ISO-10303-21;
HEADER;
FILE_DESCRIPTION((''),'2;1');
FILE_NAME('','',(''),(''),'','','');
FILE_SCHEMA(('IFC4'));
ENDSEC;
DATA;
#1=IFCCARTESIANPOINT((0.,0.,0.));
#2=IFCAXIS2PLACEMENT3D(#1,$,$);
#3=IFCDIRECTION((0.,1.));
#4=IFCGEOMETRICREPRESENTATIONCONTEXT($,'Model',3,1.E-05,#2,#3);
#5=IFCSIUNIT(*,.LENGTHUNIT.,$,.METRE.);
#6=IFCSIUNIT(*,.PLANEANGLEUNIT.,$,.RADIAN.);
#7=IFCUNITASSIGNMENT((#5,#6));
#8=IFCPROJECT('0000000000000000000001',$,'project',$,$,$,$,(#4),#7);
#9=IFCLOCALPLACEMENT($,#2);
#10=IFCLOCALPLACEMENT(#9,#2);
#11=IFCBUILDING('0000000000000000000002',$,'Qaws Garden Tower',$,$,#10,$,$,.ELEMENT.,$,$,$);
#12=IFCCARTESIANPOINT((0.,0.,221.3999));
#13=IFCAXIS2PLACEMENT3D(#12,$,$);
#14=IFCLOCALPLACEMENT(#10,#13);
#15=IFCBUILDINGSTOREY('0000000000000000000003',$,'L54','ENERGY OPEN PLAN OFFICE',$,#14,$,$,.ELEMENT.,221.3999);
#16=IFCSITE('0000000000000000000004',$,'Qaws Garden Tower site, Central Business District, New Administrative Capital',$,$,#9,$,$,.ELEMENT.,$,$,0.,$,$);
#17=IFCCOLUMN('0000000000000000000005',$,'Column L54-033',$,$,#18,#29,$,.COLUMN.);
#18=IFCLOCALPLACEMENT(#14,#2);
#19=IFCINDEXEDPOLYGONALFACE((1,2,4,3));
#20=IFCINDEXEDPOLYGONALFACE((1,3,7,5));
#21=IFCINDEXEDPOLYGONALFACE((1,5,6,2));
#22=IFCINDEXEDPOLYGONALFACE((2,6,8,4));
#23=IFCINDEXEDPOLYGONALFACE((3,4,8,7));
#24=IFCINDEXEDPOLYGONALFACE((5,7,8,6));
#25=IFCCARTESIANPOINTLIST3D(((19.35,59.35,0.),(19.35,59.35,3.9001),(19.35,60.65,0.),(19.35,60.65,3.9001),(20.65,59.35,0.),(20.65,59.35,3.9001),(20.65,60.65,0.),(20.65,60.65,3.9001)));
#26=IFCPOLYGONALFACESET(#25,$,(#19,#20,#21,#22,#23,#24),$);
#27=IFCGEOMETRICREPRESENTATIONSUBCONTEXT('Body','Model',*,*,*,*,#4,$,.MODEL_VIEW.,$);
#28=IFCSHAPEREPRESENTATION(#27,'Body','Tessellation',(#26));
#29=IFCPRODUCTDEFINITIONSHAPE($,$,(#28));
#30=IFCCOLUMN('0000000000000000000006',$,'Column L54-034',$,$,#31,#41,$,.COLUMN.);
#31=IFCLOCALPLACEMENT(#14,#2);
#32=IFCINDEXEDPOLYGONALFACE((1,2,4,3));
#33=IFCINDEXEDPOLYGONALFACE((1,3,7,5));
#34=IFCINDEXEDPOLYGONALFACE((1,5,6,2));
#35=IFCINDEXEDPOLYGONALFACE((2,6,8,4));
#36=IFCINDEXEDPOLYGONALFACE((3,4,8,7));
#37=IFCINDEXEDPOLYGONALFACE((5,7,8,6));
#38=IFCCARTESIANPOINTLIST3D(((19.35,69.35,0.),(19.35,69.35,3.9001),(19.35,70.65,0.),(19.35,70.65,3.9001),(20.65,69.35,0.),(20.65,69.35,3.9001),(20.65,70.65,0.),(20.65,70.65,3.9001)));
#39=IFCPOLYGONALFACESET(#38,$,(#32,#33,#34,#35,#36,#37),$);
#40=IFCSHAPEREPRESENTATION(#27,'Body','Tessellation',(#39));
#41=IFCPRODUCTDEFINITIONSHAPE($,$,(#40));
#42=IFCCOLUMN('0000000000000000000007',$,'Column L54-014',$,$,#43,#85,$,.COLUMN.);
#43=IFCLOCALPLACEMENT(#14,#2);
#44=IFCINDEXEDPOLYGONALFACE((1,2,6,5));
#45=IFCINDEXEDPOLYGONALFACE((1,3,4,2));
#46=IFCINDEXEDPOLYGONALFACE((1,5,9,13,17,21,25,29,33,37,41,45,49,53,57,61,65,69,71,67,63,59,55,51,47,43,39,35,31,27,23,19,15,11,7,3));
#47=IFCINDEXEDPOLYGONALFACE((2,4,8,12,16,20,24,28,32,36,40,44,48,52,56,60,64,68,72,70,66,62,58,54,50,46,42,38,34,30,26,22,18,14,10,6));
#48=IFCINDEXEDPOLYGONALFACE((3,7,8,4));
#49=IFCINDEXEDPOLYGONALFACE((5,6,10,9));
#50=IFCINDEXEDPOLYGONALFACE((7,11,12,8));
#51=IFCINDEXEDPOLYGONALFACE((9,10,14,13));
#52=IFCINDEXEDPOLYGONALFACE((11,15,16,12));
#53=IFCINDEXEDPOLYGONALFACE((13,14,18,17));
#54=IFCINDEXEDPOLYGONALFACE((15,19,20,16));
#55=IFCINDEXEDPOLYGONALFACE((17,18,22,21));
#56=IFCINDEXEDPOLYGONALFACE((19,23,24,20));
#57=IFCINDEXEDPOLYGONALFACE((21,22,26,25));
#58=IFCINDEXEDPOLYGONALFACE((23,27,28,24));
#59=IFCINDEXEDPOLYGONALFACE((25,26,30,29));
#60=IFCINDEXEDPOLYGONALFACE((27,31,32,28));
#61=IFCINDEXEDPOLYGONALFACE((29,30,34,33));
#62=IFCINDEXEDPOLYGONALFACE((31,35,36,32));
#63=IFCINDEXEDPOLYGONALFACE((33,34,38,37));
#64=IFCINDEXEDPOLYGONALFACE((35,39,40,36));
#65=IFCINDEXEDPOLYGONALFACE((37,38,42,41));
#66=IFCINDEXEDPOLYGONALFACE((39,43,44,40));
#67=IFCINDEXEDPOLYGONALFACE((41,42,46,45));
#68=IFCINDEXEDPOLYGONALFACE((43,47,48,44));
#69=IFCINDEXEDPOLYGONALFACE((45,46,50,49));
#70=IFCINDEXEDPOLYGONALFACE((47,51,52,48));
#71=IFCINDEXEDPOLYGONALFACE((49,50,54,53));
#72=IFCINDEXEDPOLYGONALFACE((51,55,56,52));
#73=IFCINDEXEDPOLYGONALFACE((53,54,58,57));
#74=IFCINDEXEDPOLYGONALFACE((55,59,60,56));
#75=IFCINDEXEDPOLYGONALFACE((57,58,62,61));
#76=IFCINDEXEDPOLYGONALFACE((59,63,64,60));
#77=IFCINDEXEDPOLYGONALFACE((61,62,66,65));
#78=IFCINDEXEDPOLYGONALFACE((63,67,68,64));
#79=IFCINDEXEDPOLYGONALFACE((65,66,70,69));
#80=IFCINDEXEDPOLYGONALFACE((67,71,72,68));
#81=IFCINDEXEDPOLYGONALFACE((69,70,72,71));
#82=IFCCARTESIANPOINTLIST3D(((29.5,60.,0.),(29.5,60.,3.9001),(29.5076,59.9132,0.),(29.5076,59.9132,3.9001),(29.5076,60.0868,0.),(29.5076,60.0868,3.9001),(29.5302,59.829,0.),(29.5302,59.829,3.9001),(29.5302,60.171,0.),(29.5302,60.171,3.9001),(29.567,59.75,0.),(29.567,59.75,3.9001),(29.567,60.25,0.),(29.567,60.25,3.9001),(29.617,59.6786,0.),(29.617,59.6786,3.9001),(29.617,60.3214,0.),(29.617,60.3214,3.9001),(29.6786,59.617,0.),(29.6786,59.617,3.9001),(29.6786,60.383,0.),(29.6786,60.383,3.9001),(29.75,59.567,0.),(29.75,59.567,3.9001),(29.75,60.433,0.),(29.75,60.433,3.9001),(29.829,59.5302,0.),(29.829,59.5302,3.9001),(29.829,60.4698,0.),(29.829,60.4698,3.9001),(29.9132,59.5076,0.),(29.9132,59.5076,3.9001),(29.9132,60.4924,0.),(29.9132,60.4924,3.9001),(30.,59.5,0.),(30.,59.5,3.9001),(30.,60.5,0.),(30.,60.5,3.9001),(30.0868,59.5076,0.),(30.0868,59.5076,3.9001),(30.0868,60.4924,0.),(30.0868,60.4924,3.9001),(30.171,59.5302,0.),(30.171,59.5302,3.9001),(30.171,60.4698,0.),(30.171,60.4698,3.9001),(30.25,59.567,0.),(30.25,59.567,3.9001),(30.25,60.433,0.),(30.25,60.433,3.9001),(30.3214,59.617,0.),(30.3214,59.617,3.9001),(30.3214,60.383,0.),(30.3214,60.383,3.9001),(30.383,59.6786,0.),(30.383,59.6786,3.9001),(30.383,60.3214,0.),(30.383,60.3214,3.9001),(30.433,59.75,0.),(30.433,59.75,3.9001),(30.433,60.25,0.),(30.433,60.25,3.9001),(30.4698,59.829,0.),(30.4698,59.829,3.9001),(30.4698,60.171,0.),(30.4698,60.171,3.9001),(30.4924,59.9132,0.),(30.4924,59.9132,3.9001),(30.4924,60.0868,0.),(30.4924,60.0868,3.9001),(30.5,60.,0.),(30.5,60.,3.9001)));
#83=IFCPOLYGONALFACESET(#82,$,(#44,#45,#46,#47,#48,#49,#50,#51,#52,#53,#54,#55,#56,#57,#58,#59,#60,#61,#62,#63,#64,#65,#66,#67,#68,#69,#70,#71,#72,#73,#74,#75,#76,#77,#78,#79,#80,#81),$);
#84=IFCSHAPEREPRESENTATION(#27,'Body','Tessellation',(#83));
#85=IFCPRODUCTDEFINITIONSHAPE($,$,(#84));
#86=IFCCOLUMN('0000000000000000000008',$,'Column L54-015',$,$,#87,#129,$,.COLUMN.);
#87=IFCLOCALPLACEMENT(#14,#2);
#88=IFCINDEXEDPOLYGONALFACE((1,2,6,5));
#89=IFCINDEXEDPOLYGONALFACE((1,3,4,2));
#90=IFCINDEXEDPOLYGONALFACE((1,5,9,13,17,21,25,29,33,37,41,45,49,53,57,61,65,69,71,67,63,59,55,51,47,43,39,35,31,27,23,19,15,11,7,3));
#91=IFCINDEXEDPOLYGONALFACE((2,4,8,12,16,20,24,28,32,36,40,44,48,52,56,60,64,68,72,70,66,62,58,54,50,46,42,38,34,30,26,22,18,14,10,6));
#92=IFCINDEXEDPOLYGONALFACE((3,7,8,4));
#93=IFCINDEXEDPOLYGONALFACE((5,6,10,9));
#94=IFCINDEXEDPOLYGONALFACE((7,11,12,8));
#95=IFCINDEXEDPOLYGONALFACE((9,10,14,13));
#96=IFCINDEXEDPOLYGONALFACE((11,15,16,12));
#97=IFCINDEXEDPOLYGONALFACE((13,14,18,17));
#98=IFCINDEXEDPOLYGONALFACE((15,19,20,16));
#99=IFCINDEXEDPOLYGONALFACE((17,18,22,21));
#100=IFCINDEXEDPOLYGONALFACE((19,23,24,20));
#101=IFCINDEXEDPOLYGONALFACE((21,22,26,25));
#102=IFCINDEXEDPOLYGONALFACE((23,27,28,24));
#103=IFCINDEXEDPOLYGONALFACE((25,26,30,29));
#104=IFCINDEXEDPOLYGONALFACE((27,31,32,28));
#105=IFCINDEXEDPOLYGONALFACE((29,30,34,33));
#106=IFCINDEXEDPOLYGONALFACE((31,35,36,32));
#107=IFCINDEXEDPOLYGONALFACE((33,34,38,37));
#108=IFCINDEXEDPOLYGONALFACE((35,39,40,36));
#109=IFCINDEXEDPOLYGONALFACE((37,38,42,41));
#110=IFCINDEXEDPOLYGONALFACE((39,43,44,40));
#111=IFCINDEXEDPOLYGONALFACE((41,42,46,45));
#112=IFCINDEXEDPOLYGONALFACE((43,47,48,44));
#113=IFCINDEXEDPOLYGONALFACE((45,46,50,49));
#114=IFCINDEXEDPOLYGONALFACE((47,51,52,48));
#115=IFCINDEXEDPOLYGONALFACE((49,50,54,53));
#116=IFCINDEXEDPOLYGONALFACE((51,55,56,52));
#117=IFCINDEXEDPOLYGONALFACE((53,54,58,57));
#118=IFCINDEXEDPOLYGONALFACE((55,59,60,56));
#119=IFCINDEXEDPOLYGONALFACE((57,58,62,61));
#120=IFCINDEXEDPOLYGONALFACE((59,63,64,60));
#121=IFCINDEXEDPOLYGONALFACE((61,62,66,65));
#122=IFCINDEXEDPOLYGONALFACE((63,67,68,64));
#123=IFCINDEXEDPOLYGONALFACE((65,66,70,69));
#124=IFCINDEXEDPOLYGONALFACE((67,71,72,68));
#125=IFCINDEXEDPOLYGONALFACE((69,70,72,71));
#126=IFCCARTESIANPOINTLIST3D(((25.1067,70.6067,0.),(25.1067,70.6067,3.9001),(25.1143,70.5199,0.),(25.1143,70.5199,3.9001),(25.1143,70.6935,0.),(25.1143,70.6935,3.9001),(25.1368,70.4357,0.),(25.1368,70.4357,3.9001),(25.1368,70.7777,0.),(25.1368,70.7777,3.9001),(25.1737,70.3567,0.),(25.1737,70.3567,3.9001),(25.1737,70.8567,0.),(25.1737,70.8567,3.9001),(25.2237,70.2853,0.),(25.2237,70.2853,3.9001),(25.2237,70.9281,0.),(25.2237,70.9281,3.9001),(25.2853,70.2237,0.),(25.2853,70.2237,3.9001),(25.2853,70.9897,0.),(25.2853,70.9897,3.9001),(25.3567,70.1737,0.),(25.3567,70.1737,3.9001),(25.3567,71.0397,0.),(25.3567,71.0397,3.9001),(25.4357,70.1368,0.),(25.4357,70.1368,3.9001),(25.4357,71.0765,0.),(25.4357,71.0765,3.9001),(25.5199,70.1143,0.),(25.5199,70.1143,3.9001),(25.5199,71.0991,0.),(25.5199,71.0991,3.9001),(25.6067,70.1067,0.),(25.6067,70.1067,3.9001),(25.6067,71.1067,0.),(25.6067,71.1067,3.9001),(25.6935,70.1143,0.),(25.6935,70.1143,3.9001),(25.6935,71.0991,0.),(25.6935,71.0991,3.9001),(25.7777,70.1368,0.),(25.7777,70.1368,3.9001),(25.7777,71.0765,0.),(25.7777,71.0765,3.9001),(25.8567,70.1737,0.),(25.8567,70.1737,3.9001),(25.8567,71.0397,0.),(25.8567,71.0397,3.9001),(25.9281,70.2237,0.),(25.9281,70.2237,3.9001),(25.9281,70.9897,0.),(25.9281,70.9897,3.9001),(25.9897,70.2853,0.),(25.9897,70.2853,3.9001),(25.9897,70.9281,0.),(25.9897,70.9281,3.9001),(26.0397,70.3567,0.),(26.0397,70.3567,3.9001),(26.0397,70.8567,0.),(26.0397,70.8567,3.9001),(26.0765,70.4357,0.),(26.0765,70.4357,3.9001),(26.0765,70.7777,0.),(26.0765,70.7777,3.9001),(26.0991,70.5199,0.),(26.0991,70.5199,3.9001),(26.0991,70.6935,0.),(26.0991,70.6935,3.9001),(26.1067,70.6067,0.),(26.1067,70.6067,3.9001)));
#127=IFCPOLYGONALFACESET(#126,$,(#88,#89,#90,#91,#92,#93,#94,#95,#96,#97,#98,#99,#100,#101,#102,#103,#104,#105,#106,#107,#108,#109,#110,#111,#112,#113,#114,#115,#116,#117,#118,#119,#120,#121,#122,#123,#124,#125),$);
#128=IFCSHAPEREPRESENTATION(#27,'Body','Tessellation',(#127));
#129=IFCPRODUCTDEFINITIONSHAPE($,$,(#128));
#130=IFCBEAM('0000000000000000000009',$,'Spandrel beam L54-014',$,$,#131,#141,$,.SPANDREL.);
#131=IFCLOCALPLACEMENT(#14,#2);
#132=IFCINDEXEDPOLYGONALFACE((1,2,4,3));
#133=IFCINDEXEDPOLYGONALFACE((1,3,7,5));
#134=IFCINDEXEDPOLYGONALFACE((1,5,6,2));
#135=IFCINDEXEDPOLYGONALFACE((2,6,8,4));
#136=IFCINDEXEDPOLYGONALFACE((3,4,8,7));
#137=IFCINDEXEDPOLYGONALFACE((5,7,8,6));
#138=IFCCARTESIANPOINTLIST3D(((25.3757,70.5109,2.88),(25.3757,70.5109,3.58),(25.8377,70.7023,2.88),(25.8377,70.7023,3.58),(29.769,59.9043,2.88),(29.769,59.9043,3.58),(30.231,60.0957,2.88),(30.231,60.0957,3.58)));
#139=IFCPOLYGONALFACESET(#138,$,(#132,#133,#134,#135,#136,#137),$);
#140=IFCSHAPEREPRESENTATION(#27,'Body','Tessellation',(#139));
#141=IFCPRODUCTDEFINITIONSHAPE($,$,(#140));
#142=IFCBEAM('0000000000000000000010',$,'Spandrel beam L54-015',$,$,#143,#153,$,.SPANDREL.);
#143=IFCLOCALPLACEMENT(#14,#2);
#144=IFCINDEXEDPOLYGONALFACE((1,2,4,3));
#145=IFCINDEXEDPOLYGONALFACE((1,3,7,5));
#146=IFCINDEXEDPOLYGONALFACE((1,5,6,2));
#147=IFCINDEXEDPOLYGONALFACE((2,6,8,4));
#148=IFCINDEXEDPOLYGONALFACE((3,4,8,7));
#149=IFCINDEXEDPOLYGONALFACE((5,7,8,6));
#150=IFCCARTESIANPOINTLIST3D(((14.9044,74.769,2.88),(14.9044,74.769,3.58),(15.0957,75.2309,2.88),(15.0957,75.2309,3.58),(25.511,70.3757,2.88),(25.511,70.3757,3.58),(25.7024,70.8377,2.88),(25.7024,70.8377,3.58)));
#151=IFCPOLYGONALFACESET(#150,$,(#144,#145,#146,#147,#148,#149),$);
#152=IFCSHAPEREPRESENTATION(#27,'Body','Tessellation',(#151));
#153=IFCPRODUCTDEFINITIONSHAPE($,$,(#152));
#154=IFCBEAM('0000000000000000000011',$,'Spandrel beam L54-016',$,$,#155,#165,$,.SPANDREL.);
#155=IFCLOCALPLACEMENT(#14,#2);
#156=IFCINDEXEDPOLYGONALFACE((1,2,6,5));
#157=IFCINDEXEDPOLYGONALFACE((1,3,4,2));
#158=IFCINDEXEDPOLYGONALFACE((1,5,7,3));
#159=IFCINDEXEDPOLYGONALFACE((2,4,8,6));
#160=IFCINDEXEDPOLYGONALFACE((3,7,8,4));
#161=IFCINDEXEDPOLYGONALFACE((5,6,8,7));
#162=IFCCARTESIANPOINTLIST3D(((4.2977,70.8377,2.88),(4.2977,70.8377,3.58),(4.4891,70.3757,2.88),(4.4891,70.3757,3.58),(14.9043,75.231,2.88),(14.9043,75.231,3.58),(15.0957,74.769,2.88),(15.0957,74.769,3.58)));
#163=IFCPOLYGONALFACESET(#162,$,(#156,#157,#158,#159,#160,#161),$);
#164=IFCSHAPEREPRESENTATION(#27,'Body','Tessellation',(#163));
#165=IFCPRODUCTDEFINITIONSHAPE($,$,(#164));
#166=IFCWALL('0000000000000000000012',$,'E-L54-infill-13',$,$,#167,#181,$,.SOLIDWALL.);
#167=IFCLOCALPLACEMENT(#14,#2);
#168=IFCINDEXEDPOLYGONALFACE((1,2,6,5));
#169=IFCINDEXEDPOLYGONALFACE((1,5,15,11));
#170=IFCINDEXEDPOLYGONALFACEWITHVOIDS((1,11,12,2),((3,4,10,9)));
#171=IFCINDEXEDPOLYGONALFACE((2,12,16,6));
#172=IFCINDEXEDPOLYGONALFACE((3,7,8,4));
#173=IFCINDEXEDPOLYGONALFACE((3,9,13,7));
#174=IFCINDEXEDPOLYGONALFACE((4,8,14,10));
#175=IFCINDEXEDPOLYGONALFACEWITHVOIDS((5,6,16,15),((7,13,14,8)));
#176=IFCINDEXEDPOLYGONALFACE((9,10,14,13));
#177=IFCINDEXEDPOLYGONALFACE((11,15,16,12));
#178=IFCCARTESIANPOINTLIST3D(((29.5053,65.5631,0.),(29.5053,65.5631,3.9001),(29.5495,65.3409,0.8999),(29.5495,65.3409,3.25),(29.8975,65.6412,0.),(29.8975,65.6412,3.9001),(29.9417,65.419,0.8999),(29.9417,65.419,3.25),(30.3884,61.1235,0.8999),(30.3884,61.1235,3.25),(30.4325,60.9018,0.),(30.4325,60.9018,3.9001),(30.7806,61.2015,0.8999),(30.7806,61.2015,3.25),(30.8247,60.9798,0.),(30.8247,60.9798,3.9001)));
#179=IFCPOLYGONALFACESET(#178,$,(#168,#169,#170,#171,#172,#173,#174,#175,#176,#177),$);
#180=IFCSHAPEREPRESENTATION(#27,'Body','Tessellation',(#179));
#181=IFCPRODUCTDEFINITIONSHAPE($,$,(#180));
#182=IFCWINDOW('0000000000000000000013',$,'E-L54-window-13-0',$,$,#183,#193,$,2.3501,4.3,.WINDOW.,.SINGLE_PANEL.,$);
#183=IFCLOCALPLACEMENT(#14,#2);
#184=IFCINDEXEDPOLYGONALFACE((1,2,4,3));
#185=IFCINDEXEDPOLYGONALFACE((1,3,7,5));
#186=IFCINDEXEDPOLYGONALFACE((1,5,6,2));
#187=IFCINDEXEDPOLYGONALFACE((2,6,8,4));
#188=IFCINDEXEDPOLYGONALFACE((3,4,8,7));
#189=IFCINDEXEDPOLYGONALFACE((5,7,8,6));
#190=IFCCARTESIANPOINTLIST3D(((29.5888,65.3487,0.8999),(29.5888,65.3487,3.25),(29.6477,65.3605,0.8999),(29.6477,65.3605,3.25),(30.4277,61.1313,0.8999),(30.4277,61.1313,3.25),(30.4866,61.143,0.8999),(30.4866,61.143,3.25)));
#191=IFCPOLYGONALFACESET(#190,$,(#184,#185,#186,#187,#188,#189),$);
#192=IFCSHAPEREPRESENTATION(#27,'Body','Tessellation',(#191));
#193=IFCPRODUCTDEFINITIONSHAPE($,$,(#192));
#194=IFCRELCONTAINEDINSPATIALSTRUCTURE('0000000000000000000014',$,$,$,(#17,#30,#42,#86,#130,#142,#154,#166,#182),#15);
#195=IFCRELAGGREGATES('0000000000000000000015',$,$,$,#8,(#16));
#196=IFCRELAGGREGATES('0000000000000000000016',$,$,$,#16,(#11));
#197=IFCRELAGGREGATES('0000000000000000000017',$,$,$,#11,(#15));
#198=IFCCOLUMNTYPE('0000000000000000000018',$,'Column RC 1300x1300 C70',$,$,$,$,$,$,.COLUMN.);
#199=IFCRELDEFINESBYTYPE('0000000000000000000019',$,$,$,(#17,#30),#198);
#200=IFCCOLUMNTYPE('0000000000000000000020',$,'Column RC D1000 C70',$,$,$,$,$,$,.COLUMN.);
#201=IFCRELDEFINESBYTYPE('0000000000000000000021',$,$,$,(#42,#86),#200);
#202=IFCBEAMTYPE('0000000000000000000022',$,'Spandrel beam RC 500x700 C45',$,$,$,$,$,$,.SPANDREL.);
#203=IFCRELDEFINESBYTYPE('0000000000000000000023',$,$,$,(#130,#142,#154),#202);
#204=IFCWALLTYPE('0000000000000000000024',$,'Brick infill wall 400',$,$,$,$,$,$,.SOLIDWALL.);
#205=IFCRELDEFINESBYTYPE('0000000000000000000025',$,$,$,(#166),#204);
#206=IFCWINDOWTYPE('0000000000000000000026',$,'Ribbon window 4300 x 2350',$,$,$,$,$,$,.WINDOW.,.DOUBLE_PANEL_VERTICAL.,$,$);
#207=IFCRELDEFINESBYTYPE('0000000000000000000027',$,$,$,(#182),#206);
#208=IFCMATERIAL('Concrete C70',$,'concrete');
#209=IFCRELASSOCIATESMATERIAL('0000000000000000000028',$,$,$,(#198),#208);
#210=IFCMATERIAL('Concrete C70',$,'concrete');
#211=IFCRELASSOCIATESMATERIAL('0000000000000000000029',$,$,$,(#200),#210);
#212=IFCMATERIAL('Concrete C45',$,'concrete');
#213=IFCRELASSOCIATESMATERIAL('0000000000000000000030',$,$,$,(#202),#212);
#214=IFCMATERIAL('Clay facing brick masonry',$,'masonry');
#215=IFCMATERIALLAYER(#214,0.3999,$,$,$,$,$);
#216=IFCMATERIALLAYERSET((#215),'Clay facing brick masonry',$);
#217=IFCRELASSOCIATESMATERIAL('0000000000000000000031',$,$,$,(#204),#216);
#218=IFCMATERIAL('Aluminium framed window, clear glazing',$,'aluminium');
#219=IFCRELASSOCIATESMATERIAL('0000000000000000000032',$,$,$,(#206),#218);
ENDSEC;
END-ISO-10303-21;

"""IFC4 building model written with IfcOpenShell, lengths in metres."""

from ifc_helpers import new_model, si_unit, direction, frame, frame_2d, origin, origin_2d, place, context, subcontext, project, spatial, rectangle, circle, extrude, material, layer, layer_set, material_profile, profile_set, type_object, element, fill, save


model = new_model("IFC4")

# Units and contexts
model_context = context("Model", 3, precision=1e-05, world=origin(), true_north=direction((0.0, 1.0)))
body_context = subcontext(model_context, "Body", "Model", "MODEL_VIEW")
ifc_project = project(units=[si_unit("LENGTHUNIT", "METRE"), si_unit("PLANEANGLEUNIT", "RADIAN")], contexts=[model_context])

# Site, building, storey
site_placement = place(None, origin())
site = spatial("IfcSite", under=ifc_project, at=site_placement, Name="Qaws Garden Tower site, Central Business District, New Administrative Capital", CompositionType="ELEMENT", RefElevation=0.0)
building_placement = place(site_placement, origin())
building = spatial("IfcBuilding", under=site, at=building_placement, Name="Qaws Garden Tower", CompositionType="ELEMENT")
storey_placement = place(building_placement, frame((0.0, 0.0, 221.3999)))
storey = spatial("IfcBuildingStorey", under=building, at=storey_placement, Name="L54", Description="ENERGY OPEN PLAN OFFICE", CompositionType="ELEMENT", Elevation=221.3999)

# Columns
ifc_material_1 = material(Name="Concrete C70", Category="concrete")
ifc_material_profile_1 = material_profile(ifc_material_1, rectangle(XDim=1.3, YDim=1.3, at=origin_2d()), Name="RC 1300x1300")
ifc_profile_set_1 = profile_set([ifc_material_profile_1], Name="Concrete C70")
column_type_1 = type_object("IfcColumnType", Name="Column RC 1300x1300 C70", PredefinedType="COLUMN", material=ifc_profile_set_1)
for number, where, z_axis, x_axis, name in (
    (1, (20.0, 60.0, 0.0), (0.0, 0.0, 1.0), (1.0, 0.0, 0.0), "Column L54-033"),
    (2, (20.0, 70.0, 0.0), (0.0, 0.0, 1.0), (1.0, 0.0, 0.0), "Column L54-034"),
):
    element("IfcColumn", number, at=place(storey_placement, frame(where, z_axis=z_axis, x_axis=x_axis)), inside=storey, type_object=column_type_1, Name=name, PredefinedType="COLUMN", context=body_context, shape_type="SweptSolid", body=[
        extrude(rectangle(XDim=1.3, YDim=1.3, at=origin_2d()), origin(), (0.0, 0.0, 1.0), 3.9001),
    ])
ifc_material_2 = material(Name="Concrete C70", Category="concrete")
ifc_material_profile_2 = material_profile(ifc_material_2, circle(Radius=0.5, at=origin_2d()), Name="RC D1000")
ifc_profile_set_2 = profile_set([ifc_material_profile_2], Name="Concrete C70")
column_type_2 = type_object("IfcColumnType", Name="Column RC D1000 C70", PredefinedType="COLUMN", material=ifc_profile_set_2)
for number, where, z_axis, x_axis, name in (
    (3, (30.0, 60.0, 0.0), (0.0, 0.0, 1.0), (1.0, 0.0, 0.0), "Column L54-014"),
    (4, (25.6067, 70.6067, 0.0), (0.0, 0.0, 1.0), (1.0, 0.0, 0.0), "Column L54-015"),
):
    element("IfcColumn", number, at=place(storey_placement, frame(where, z_axis=z_axis, x_axis=x_axis)), inside=storey, type_object=column_type_2, Name=name, PredefinedType="COLUMN", context=body_context, shape_type="SweptSolid", body=[
        extrude(circle(Radius=0.5, at=origin_2d()), origin(), (0.0, 0.0, 1.0), 3.9001),
    ])

# Beams
ifc_material_3 = material(Name="Concrete C45", Category="concrete")
ifc_material_profile_3 = material_profile(ifc_material_3, rectangle(XDim=0.5, YDim=0.7, at=origin_2d()), Name="RC 500x700")
ifc_profile_set_3 = profile_set([ifc_material_profile_3], Name="Concrete C45")
beam_type = type_object("IfcBeamType", Name="Spandrel beam RC 500x700 C45", PredefinedType="SPANDREL", material=ifc_profile_set_3)
for number, where, z_axis, x_axis, name in (
    (5, (30.0, 60.0, 3.23), (-0.382674, 0.923883, 0.0), (-0.923883, -0.382674, 0.0), "Spandrel beam L54-014"),
    (6, (25.6067, 70.6067, 3.23), (-0.923883, 0.382674, 0.0), (-0.382674, -0.923883, 0.0), "Spandrel beam L54-015"),
    (7, (15.0, 75.0, 3.23), (-0.923883, -0.382674, 0.0), (0.382674, -0.923883, 0.0), "Spandrel beam L54-016"),
):
    element("IfcBeam", number, at=place(storey_placement, frame(where, z_axis=z_axis, x_axis=x_axis)), inside=storey, type_object=beam_type, Name=name, PredefinedType="SPANDREL", context=body_context, shape_type="SweptSolid", body=[
        extrude(rectangle(XDim=0.5, YDim=0.7, at=origin_2d()), origin(), (0.0, 0.0, 1.0), 11.4805),
    ])

# Wall, opening, window
ifc_material_4 = material(Name="Clay facing brick masonry", Category="masonry")
ifc_layer_1 = layer(ifc_material_4, 0.3999)
ifc_layer_set_1 = layer_set([ifc_layer_1], Name="Clay facing brick masonry")
wall_type_1 = type_object("IfcWallType", Name="Brick infill wall 400", PredefinedType="SOLIDWALL", material=ifc_layer_set_1)
wall_1_placement = place(storey_placement, frame((30.6287, 60.9407, 0.0), z_axis=(0.0, 0.0, 1.0), x_axis=(-0.195099, 0.980784, 0.0)))
wall_1 = element("IfcWall", 8, at=wall_1_placement, inside=storey, type_object=wall_type_1, Name="E-L54-infill-13", PredefinedType="SOLIDWALL", context=body_context, shape_type="SweptSolid", body=[
    extrude(rectangle(XDim=4.7527, YDim=0.3999, at=frame_2d((2.3765, 0.0))), origin(), (0.0, 0.0, 1.0), 3.9001),
])
opening_1_placement = place(wall_1_placement, frame((0.2263, 0.0, 0.8999)))
opening_1 = element("IfcOpeningElement", 9, at=opening_1_placement, cuts=wall_1, PredefinedType="OPENING", context=body_context, shape_type="SweptSolid", body=[
    extrude(rectangle(XDim=4.3, YDim=2.3501, at=frame_2d((2.1499, 1.175))), frame((0.0, 0.21, 0.0), z_axis=(0.0, -1.0, 0.0), x_axis=(1.0, 0.0, 0.0)), (0.0, 0.0, 1.0), 0.4199),
])
ifc_material_5 = material(Name="Aluminium framed window, clear glazing", Category="aluminium")
window_type = type_object("IfcWindowType", Name="Ribbon window 4300 x 2350", PartitioningType="DOUBLE_PANEL_VERTICAL", PredefinedType="WINDOW", material=ifc_material_5)
window_1_placement = place(opening_1_placement, origin())
window_1 = element("IfcWindow", 10, at=window_1_placement, inside=storey, type_object=window_type, Name="E-L54-window-13-0", OverallHeight=2.3501, OverallWidth=4.3, PartitioningType="SINGLE_PANEL", PredefinedType="WINDOW", context=body_context, shape_type="SweptSolid", body=[
    extrude(rectangle(XDim=4.3, YDim=2.3501, at=frame_2d((2.1499, 1.175))), frame((0.0, 0.1599, 0.0), z_axis=(0.0, -1.0, 0.0), x_axis=(1.0, 0.0, 0.0)), (0.0, 0.0, 1.0), 0.0601),
])
fill(opening_1, window_1)

save(model, "model.ifc")
